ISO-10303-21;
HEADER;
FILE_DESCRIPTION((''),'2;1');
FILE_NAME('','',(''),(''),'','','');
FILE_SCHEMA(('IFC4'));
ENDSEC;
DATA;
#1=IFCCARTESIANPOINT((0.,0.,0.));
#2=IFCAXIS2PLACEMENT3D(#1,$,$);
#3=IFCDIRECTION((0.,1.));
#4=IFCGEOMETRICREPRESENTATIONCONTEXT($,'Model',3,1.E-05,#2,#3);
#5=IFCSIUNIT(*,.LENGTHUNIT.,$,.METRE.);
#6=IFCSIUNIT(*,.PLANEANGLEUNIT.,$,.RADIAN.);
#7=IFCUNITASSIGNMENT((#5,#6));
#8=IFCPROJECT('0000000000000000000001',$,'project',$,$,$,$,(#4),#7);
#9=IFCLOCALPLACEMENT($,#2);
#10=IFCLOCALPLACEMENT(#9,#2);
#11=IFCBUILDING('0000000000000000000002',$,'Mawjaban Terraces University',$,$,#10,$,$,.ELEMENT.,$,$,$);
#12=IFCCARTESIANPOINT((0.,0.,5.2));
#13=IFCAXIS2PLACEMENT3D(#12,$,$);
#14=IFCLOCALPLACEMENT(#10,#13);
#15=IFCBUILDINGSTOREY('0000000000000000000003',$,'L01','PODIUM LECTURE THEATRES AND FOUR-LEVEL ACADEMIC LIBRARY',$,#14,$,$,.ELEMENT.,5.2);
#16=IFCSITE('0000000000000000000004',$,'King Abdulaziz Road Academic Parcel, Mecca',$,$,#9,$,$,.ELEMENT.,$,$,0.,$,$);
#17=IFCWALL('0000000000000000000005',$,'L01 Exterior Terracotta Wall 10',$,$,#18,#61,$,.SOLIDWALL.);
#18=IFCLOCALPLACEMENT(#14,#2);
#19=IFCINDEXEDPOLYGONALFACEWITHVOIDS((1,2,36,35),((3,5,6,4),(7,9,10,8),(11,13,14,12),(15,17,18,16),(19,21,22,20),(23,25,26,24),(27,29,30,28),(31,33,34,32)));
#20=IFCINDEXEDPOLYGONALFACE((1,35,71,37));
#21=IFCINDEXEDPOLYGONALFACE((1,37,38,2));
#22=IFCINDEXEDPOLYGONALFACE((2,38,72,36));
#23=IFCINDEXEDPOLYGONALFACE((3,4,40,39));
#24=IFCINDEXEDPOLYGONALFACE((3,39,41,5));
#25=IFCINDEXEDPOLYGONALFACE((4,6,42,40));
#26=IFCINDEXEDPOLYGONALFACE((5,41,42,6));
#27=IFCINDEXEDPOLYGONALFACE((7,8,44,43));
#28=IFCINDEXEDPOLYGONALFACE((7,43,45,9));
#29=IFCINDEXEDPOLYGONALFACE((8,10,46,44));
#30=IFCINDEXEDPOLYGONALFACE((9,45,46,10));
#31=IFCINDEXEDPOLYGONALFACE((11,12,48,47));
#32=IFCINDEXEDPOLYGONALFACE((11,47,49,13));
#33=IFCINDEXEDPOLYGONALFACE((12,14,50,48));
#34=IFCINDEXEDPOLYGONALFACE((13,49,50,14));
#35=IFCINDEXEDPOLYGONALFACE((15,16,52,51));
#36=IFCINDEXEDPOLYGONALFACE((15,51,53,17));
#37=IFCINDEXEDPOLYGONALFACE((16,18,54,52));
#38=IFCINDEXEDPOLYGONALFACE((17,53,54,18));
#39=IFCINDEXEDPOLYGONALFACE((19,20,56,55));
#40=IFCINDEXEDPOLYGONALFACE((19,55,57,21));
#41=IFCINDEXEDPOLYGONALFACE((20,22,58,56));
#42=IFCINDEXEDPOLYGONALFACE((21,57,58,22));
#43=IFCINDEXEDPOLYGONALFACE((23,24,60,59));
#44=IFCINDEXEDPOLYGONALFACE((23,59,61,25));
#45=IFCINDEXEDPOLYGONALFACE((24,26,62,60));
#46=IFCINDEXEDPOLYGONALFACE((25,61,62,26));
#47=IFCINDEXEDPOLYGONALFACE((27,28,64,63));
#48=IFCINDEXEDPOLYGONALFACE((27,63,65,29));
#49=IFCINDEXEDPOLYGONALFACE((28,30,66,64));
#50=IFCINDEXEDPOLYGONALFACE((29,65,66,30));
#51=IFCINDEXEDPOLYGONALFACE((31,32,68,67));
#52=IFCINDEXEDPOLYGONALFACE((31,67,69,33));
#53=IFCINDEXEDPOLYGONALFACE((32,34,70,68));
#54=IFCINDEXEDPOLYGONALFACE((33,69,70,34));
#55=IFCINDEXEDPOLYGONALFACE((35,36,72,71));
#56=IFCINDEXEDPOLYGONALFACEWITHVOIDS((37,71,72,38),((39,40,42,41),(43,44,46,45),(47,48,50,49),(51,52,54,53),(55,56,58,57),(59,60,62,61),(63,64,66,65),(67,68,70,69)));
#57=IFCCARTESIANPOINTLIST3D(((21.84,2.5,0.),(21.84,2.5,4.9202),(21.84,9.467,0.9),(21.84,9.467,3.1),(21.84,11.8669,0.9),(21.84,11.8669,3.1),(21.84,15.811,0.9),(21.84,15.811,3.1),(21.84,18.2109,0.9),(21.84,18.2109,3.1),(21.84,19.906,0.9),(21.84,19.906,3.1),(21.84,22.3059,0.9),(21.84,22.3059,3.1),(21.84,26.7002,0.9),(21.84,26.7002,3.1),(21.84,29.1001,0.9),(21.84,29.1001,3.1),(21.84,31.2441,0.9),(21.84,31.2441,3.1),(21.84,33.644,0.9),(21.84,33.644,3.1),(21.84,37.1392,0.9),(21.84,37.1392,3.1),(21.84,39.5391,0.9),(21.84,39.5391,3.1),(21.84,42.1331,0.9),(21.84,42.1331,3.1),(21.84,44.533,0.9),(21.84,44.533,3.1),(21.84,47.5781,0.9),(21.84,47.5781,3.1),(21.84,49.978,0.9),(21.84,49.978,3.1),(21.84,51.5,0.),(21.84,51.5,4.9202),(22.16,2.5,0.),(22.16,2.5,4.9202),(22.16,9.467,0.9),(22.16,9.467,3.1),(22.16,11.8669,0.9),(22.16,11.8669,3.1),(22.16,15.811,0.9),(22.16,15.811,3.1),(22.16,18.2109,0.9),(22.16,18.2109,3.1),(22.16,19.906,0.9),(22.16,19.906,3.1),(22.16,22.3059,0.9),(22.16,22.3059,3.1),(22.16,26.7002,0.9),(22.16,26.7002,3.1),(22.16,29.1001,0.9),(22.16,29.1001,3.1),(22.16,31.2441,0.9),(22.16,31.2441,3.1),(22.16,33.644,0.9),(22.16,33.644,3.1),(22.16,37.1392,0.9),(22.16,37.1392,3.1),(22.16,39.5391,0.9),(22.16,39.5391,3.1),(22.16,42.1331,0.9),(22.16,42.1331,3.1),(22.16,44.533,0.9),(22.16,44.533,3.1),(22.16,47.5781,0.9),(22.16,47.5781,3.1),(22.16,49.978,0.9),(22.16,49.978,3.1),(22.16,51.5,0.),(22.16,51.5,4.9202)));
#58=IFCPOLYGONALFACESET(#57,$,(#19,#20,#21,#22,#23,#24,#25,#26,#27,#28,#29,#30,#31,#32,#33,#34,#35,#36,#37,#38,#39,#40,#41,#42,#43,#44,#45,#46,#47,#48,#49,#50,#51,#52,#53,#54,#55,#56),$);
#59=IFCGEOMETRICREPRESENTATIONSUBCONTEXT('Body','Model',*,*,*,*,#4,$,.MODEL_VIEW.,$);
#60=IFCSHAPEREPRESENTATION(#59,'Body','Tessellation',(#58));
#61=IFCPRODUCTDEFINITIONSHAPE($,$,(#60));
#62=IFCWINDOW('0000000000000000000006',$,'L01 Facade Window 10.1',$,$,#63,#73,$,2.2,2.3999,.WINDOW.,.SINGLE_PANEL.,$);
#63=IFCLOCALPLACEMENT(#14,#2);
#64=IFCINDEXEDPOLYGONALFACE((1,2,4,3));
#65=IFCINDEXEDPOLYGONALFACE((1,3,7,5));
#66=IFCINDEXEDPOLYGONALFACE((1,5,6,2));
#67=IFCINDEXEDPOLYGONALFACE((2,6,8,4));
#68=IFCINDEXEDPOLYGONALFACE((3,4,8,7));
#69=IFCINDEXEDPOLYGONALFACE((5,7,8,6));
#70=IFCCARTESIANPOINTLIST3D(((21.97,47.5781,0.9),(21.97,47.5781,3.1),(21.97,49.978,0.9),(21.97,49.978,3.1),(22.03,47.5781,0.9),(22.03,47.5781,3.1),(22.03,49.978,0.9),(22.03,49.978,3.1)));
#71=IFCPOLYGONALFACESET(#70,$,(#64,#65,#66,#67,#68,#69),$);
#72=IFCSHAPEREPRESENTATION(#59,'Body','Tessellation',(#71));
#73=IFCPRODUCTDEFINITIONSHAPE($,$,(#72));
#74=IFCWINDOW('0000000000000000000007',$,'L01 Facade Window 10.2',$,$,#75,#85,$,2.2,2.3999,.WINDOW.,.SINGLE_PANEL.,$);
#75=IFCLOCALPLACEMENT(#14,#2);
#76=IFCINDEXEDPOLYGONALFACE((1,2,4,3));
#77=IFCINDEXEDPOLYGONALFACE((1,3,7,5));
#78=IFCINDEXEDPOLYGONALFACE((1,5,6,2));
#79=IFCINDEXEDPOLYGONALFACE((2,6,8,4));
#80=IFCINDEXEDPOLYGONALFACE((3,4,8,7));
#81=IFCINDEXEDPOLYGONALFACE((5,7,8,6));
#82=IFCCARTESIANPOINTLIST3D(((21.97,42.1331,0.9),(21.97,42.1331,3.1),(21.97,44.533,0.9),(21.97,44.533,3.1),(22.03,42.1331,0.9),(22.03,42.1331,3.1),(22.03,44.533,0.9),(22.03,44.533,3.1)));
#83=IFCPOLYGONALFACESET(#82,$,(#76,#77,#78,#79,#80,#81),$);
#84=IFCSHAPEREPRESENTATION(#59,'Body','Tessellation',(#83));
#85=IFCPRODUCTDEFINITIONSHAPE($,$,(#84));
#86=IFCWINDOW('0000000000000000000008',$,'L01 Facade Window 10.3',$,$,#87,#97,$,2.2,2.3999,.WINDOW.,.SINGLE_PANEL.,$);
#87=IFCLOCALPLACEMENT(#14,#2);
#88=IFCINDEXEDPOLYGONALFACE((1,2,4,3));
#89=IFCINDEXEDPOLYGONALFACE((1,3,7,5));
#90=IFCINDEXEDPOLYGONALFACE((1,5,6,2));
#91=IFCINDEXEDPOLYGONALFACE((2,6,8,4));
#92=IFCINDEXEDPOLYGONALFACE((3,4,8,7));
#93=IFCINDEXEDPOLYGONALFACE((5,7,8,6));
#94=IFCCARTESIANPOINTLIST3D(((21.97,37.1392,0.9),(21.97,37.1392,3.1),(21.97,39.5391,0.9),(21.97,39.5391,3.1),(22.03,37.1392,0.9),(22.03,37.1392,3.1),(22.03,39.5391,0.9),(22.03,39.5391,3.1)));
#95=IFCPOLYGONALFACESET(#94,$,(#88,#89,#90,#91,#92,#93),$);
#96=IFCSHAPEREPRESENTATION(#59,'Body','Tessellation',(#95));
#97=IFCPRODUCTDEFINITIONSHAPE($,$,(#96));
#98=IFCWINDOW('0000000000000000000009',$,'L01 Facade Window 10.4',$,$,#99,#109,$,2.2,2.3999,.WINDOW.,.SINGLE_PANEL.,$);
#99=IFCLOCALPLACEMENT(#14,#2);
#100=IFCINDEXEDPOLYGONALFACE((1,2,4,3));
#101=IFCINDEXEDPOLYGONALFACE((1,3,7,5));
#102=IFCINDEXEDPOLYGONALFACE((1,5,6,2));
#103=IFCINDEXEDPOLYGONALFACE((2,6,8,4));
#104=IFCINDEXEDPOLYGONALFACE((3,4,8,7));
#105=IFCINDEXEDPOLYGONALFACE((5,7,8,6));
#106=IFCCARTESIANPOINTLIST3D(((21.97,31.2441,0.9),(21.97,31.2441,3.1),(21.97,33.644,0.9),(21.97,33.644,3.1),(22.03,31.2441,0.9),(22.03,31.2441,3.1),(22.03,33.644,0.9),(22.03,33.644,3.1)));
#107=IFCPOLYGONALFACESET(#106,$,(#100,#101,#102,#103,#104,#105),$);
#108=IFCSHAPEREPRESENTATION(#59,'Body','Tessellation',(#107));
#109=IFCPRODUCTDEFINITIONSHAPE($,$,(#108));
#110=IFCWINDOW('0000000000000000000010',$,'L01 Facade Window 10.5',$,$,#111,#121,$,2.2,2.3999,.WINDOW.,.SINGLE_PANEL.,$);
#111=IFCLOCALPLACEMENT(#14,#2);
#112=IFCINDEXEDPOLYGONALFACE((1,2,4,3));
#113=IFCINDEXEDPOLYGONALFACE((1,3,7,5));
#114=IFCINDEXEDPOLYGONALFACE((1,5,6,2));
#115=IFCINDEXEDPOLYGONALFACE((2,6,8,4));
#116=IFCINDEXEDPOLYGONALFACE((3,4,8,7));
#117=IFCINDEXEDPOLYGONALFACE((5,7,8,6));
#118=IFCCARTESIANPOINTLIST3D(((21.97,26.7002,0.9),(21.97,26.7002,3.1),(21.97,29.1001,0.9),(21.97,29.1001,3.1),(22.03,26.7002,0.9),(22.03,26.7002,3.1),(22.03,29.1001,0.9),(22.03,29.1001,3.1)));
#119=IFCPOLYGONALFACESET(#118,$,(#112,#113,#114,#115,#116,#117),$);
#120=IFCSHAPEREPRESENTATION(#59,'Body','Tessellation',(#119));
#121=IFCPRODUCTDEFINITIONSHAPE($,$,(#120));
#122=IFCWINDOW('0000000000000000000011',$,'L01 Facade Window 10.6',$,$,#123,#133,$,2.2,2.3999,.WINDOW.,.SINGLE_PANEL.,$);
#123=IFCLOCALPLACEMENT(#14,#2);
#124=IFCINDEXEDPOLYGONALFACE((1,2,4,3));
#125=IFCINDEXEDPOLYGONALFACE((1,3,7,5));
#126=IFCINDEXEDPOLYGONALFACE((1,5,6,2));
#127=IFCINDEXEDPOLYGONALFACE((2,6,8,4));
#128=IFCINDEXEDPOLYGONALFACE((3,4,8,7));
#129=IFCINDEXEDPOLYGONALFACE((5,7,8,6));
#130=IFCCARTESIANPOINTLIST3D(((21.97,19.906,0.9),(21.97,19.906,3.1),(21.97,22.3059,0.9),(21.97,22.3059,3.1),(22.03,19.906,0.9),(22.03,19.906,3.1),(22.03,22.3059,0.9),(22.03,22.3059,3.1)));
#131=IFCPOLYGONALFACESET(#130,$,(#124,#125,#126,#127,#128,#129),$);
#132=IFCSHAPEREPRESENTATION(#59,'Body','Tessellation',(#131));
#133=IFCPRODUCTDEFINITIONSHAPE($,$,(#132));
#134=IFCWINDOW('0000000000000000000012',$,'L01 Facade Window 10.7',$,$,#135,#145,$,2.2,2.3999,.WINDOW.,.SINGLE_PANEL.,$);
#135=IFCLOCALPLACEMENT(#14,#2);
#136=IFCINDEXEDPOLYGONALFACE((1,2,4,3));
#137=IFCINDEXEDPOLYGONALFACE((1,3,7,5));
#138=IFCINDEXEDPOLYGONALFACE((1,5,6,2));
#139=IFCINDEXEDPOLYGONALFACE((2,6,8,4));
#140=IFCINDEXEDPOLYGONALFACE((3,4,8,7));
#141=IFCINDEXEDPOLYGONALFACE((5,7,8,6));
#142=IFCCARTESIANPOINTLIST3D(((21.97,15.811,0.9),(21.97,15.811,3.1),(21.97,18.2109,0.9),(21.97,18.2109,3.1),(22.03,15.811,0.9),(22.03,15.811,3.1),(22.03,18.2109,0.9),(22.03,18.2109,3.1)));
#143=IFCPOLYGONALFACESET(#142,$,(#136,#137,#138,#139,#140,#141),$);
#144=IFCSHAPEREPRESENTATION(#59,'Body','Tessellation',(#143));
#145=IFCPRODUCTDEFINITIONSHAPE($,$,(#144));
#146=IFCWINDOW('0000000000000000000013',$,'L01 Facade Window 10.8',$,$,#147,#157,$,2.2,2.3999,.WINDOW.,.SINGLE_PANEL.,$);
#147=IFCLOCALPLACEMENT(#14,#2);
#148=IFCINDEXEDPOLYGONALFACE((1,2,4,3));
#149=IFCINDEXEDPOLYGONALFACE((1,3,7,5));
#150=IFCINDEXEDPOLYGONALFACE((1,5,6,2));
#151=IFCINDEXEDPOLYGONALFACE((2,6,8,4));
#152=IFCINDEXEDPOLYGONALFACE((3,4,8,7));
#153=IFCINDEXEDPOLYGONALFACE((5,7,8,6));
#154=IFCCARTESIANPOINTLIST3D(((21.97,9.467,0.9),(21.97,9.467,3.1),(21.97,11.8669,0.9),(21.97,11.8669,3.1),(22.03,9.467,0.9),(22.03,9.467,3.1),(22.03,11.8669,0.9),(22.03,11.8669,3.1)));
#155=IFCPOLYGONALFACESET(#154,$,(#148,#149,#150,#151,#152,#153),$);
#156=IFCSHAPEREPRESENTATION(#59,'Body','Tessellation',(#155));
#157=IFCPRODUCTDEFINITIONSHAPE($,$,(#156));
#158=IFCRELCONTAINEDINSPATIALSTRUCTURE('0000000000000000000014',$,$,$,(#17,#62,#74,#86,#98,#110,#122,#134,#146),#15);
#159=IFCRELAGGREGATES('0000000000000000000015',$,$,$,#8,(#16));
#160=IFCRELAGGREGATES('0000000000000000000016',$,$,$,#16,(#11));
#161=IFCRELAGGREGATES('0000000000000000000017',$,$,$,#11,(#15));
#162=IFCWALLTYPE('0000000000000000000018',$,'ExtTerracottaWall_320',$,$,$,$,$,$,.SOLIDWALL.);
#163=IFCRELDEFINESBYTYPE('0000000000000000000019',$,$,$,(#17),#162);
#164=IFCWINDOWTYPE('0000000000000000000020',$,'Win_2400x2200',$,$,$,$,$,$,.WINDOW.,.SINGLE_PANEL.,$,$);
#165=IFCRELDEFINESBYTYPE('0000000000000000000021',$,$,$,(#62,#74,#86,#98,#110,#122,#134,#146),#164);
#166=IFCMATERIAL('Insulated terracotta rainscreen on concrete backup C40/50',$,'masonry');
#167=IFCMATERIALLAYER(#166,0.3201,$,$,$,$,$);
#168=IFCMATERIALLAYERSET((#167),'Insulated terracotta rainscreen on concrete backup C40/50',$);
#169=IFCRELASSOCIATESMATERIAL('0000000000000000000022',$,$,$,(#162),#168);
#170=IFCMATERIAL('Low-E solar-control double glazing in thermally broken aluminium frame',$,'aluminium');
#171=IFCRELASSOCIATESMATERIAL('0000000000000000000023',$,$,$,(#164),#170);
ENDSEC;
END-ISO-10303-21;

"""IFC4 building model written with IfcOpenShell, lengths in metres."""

from ifc_helpers import new_model, si_unit, direction, frame, frame_2d, origin, place, context, subcontext, project, spatial, rectangle, extrude, material, layer, layer_set, type_object, element, fill, save


model = new_model("IFC4")

# Units and contexts
model_context = context("Model", 3, precision=1e-05, world=origin(), true_north=direction((0.0, 1.0)))
body_context = subcontext(model_context, "Body", "Model", "MODEL_VIEW")
ifc_project = project(units=[si_unit("LENGTHUNIT", "METRE"), si_unit("PLANEANGLEUNIT", "RADIAN")], contexts=[model_context])

# Site, building, storey
site_placement = place(None, origin())
site = spatial("IfcSite", under=ifc_project, at=site_placement, Name="King Abdulaziz Road Academic Parcel, Mecca", CompositionType="ELEMENT", RefElevation=0.0)
building_placement = place(site_placement, origin())
building = spatial("IfcBuilding", under=site, at=building_placement, Name="Mawjaban Terraces University", CompositionType="ELEMENT")
storey_placement = place(building_placement, frame((0.0, 0.0, 5.2)))
storey = spatial("IfcBuildingStorey", under=building, at=storey_placement, Name="L01", Description="PODIUM LECTURE THEATRES AND FOUR-LEVEL ACADEMIC LIBRARY", CompositionType="ELEMENT", Elevation=5.2)

# Shared definitions
ifc_material_1 = material(Name="Insulated terracotta rainscreen on concrete backup C40/50", Category="masonry")
ifc_layer_1 = layer(ifc_material_1, 0.3201)
ifc_layer_set_1 = layer_set([ifc_layer_1], Name="Insulated terracotta rainscreen on concrete backup C40/50")
wall_type_1 = type_object("IfcWallType", Name="ExtTerracottaWall_320", PredefinedType="SOLIDWALL", material=ifc_layer_set_1)

# Wall, openings, windows
wall_1_placement = place(storey_placement, frame((22.0, 51.5, 0.0), z_axis=(0.0, 0.0, 1.0), x_axis=(0.0, -1.0, 0.0)))
wall_1 = element("IfcWall", 1, at=wall_1_placement, inside=storey, type_object=wall_type_1, Name="L01 Exterior Terracotta Wall 10", PredefinedType="SOLIDWALL", context=body_context, shape_type="SweptSolid", body=[
    extrude(rectangle(XDim=49.0, YDim=0.3201, at=frame_2d((24.5, 0.0))), origin(), (0.0, 0.0, 1.0), 4.9202),
])
opening_1_placement = place(wall_1_placement, frame((1.522, 0.0, 0.8999)))
opening_1 = element("IfcOpeningElement", 2, at=opening_1_placement, cuts=wall_1, PredefinedType="OPENING", context=body_context, shape_type="SweptSolid", body=[
    extrude(rectangle(XDim=2.3999, YDim=2.2, at=frame_2d((1.2, 1.1001))), frame((0.0, 0.1699, 0.0), z_axis=(0.0, -1.0, 0.0), x_axis=(1.0, 0.0, 0.0)), (0.0, 0.0, 1.0), 0.3401),
])
opening_2_placement = place(wall_1_placement, frame((6.967, 0.0, 0.8999)))
opening_2 = element("IfcOpeningElement", 3, at=opening_2_placement, cuts=wall_1, PredefinedType="OPENING", context=body_context, shape_type="SweptSolid", body=[
    extrude(rectangle(XDim=2.3999, YDim=2.2, at=frame_2d((1.2, 1.1001))), frame((0.0, 0.1699, 0.0), z_axis=(0.0, -1.0, 0.0), x_axis=(1.0, 0.0, 0.0)), (0.0, 0.0, 1.0), 0.3401),
])
opening_3_placement = place(wall_1_placement, frame((11.9609, 0.0, 0.8999)))
opening_3 = element("IfcOpeningElement", 4, at=opening_3_placement, cuts=wall_1, PredefinedType="OPENING", context=body_context, shape_type="SweptSolid", body=[
    extrude(rectangle(XDim=2.3999, YDim=2.2, at=frame_2d((1.2, 1.1001))), frame((0.0, 0.1699, 0.0), z_axis=(0.0, -1.0, 0.0), x_axis=(1.0, 0.0, 0.0)), (0.0, 0.0, 1.0), 0.3401),
])
opening_4_placement = place(wall_1_placement, frame((17.856, 0.0, 0.8999)))
opening_4 = element("IfcOpeningElement", 5, at=opening_4_placement, cuts=wall_1, PredefinedType="OPENING", context=body_context, shape_type="SweptSolid", body=[
    extrude(rectangle(XDim=2.3999, YDim=2.2, at=frame_2d((1.2, 1.1001))), frame((0.0, 0.1699, 0.0), z_axis=(0.0, -1.0, 0.0), x_axis=(1.0, 0.0, 0.0)), (0.0, 0.0, 1.0), 0.3401),
])
opening_5_placement = place(wall_1_placement, frame((22.3999, 0.0, 0.8999)))
opening_5 = element("IfcOpeningElement", 6, at=opening_5_placement, cuts=wall_1, PredefinedType="OPENING", context=body_context, shape_type="SweptSolid", body=[
    extrude(rectangle(XDim=2.3999, YDim=2.2, at=frame_2d((1.2, 1.1001))), frame((0.0, 0.1699, 0.0), z_axis=(0.0, -1.0, 0.0), x_axis=(1.0, 0.0, 0.0)), (0.0, 0.0, 1.0), 0.3401),
])
opening_6_placement = place(wall_1_placement, frame((29.1941, 0.0, 0.8999)))
opening_6 = element("IfcOpeningElement", 7, at=opening_6_placement, cuts=wall_1, PredefinedType="OPENING", context=body_context, shape_type="SweptSolid", body=[
    extrude(rectangle(XDim=2.3999, YDim=2.2, at=frame_2d((1.2, 1.1001))), frame((0.0, 0.1699, 0.0), z_axis=(0.0, -1.0, 0.0), x_axis=(1.0, 0.0, 0.0)), (0.0, 0.0, 1.0), 0.3401),
])
opening_7_placement = place(wall_1_placement, frame((33.2891, 0.0, 0.8999)))
opening_7 = element("IfcOpeningElement", 8, at=opening_7_placement, cuts=wall_1, PredefinedType="OPENING", context=body_context, shape_type="SweptSolid", body=[
    extrude(rectangle(XDim=2.3999, YDim=2.2, at=frame_2d((1.2, 1.1001))), frame((0.0, 0.1699, 0.0), z_axis=(0.0, -1.0, 0.0), x_axis=(1.0, 0.0, 0.0)), (0.0, 0.0, 1.0), 0.3401),
])
opening_8_placement = place(wall_1_placement, frame((39.6331, 0.0, 0.8999)))
opening_8 = element("IfcOpeningElement", 9, at=opening_8_placement, cuts=wall_1, PredefinedType="OPENING", context=body_context, shape_type="SweptSolid", body=[
    extrude(rectangle(XDim=2.3999, YDim=2.2, at=frame_2d((1.2, 1.1001))), frame((0.0, 0.1699, 0.0), z_axis=(0.0, -1.0, 0.0), x_axis=(1.0, 0.0, 0.0)), (0.0, 0.0, 1.0), 0.3401),
])
ifc_material_2 = material(Name="Low-E solar-control double glazing in thermally broken aluminium frame", Category="aluminium")
window_type = type_object("IfcWindowType", Name="Win_2400x2200", PartitioningType="SINGLE_PANEL", PredefinedType="WINDOW", material=ifc_material_2)
window_1_placement = place(opening_1_placement, origin())
window_1 = element("IfcWindow", 10, at=window_1_placement, inside=storey, type_object=window_type, Name="L01 Facade Window 10.1", OverallHeight=2.2, OverallWidth=2.3999, PartitioningType="SINGLE_PANEL", PredefinedType="WINDOW", context=body_context, shape_type="SweptSolid", body=[
    extrude(rectangle(XDim=2.3999, YDim=2.2, at=frame_2d((1.2, 1.1001))), frame((0.0, 0.03, 0.0), z_axis=(0.0, -1.0, 0.0), x_axis=(1.0, 0.0, 0.0)), (0.0, 0.0, 1.0), 0.0601),
])
fill(opening_1, window_1)
window_2_placement = place(opening_2_placement, origin())
window_2 = element("IfcWindow", 11, at=window_2_placement, inside=storey, type_object=window_type, Name="L01 Facade Window 10.2", OverallHeight=2.2, OverallWidth=2.3999, PartitioningType="SINGLE_PANEL", PredefinedType="WINDOW", context=body_context, shape_type="SweptSolid", body=[
    extrude(rectangle(XDim=2.3999, YDim=2.2, at=frame_2d((1.2, 1.1001))), frame((0.0, 0.03, 0.0), z_axis=(0.0, -1.0, 0.0), x_axis=(1.0, 0.0, 0.0)), (0.0, 0.0, 1.0), 0.0601),
])
fill(opening_2, window_2)
window_3_placement = place(opening_3_placement, origin())
window_3 = element("IfcWindow", 12, at=window_3_placement, inside=storey, type_object=window_type, Name="L01 Facade Window 10.3", OverallHeight=2.2, OverallWidth=2.3999, PartitioningType="SINGLE_PANEL", PredefinedType="WINDOW", context=body_context, shape_type="SweptSolid", body=[
    extrude(rectangle(XDim=2.3999, YDim=2.2, at=frame_2d((1.2, 1.1001))), frame((0.0, 0.03, 0.0), z_axis=(0.0, -1.0, 0.0), x_axis=(1.0, 0.0, 0.0)), (0.0, 0.0, 1.0), 0.0601),
])
fill(opening_3, window_3)
window_4_placement = place(opening_4_placement, origin())
window_4 = element("IfcWindow", 13, at=window_4_placement, inside=storey, type_object=window_type, Name="L01 Facade Window 10.4", OverallHeight=2.2, OverallWidth=2.3999, PartitioningType="SINGLE_PANEL", PredefinedType="WINDOW", context=body_context, shape_type="SweptSolid", body=[
    extrude(rectangle(XDim=2.3999, YDim=2.2, at=frame_2d((1.2, 1.1001))), frame((0.0, 0.03, 0.0), z_axis=(0.0, -1.0, 0.0), x_axis=(1.0, 0.0, 0.0)), (0.0, 0.0, 1.0), 0.0601),
])
fill(opening_4, window_4)
window_5_placement = place(opening_5_placement, origin())
window_5 = element("IfcWindow", 14, at=window_5_placement, inside=storey, type_object=window_type, Name="L01 Facade Window 10.5", OverallHeight=2.2, OverallWidth=2.3999, PartitioningType="SINGLE_PANEL", PredefinedType="WINDOW", context=body_context, shape_type="SweptSolid", body=[
    extrude(rectangle(XDim=2.3999, YDim=2.2, at=frame_2d((1.2, 1.1001))), frame((0.0, 0.03, 0.0), z_axis=(0.0, -1.0, 0.0), x_axis=(1.0, 0.0, 0.0)), (0.0, 0.0, 1.0), 0.0601),
])
fill(opening_5, window_5)
window_6_placement = place(opening_6_placement, origin())
window_6 = element("IfcWindow", 15, at=window_6_placement, inside=storey, type_object=window_type, Name="L01 Facade Window 10.6", OverallHeight=2.2, OverallWidth=2.3999, PartitioningType="SINGLE_PANEL", PredefinedType="WINDOW", context=body_context, shape_type="SweptSolid", body=[
    extrude(rectangle(XDim=2.3999, YDim=2.2, at=frame_2d((1.2, 1.1001))), frame((0.0, 0.03, 0.0), z_axis=(0.0, -1.0, 0.0), x_axis=(1.0, 0.0, 0.0)), (0.0, 0.0, 1.0), 0.0601),
])
fill(opening_6, window_6)
window_7_placement = place(opening_7_placement, origin())
window_7 = element("IfcWindow", 16, at=window_7_placement, inside=storey, type_object=window_type, Name="L01 Facade Window 10.7", OverallHeight=2.2, OverallWidth=2.3999, PartitioningType="SINGLE_PANEL", PredefinedType="WINDOW", context=body_context, shape_type="SweptSolid", body=[
    extrude(rectangle(XDim=2.3999, YDim=2.2, at=frame_2d((1.2, 1.1001))), frame((0.0, 0.03, 0.0), z_axis=(0.0, -1.0, 0.0), x_axis=(1.0, 0.0, 0.0)), (0.0, 0.0, 1.0), 0.0601),
])
fill(opening_7, window_7)
window_8_placement = place(opening_8_placement, origin())
window_8 = element("IfcWindow", 17, at=window_8_placement, inside=storey, type_object=window_type, Name="L01 Facade Window 10.8", OverallHeight=2.2, OverallWidth=2.3999, PartitioningType="SINGLE_PANEL", PredefinedType="WINDOW", context=body_context, shape_type="SweptSolid", body=[
    extrude(rectangle(XDim=2.3999, YDim=2.2, at=frame_2d((1.2, 1.1001))), frame((0.0, 0.03, 0.0), z_axis=(0.0, -1.0, 0.0), x_axis=(1.0, 0.0, 0.0)), (0.0, 0.0, 1.0), 0.0601),
])
fill(opening_8, window_8)

save(model, "model.ifc")
